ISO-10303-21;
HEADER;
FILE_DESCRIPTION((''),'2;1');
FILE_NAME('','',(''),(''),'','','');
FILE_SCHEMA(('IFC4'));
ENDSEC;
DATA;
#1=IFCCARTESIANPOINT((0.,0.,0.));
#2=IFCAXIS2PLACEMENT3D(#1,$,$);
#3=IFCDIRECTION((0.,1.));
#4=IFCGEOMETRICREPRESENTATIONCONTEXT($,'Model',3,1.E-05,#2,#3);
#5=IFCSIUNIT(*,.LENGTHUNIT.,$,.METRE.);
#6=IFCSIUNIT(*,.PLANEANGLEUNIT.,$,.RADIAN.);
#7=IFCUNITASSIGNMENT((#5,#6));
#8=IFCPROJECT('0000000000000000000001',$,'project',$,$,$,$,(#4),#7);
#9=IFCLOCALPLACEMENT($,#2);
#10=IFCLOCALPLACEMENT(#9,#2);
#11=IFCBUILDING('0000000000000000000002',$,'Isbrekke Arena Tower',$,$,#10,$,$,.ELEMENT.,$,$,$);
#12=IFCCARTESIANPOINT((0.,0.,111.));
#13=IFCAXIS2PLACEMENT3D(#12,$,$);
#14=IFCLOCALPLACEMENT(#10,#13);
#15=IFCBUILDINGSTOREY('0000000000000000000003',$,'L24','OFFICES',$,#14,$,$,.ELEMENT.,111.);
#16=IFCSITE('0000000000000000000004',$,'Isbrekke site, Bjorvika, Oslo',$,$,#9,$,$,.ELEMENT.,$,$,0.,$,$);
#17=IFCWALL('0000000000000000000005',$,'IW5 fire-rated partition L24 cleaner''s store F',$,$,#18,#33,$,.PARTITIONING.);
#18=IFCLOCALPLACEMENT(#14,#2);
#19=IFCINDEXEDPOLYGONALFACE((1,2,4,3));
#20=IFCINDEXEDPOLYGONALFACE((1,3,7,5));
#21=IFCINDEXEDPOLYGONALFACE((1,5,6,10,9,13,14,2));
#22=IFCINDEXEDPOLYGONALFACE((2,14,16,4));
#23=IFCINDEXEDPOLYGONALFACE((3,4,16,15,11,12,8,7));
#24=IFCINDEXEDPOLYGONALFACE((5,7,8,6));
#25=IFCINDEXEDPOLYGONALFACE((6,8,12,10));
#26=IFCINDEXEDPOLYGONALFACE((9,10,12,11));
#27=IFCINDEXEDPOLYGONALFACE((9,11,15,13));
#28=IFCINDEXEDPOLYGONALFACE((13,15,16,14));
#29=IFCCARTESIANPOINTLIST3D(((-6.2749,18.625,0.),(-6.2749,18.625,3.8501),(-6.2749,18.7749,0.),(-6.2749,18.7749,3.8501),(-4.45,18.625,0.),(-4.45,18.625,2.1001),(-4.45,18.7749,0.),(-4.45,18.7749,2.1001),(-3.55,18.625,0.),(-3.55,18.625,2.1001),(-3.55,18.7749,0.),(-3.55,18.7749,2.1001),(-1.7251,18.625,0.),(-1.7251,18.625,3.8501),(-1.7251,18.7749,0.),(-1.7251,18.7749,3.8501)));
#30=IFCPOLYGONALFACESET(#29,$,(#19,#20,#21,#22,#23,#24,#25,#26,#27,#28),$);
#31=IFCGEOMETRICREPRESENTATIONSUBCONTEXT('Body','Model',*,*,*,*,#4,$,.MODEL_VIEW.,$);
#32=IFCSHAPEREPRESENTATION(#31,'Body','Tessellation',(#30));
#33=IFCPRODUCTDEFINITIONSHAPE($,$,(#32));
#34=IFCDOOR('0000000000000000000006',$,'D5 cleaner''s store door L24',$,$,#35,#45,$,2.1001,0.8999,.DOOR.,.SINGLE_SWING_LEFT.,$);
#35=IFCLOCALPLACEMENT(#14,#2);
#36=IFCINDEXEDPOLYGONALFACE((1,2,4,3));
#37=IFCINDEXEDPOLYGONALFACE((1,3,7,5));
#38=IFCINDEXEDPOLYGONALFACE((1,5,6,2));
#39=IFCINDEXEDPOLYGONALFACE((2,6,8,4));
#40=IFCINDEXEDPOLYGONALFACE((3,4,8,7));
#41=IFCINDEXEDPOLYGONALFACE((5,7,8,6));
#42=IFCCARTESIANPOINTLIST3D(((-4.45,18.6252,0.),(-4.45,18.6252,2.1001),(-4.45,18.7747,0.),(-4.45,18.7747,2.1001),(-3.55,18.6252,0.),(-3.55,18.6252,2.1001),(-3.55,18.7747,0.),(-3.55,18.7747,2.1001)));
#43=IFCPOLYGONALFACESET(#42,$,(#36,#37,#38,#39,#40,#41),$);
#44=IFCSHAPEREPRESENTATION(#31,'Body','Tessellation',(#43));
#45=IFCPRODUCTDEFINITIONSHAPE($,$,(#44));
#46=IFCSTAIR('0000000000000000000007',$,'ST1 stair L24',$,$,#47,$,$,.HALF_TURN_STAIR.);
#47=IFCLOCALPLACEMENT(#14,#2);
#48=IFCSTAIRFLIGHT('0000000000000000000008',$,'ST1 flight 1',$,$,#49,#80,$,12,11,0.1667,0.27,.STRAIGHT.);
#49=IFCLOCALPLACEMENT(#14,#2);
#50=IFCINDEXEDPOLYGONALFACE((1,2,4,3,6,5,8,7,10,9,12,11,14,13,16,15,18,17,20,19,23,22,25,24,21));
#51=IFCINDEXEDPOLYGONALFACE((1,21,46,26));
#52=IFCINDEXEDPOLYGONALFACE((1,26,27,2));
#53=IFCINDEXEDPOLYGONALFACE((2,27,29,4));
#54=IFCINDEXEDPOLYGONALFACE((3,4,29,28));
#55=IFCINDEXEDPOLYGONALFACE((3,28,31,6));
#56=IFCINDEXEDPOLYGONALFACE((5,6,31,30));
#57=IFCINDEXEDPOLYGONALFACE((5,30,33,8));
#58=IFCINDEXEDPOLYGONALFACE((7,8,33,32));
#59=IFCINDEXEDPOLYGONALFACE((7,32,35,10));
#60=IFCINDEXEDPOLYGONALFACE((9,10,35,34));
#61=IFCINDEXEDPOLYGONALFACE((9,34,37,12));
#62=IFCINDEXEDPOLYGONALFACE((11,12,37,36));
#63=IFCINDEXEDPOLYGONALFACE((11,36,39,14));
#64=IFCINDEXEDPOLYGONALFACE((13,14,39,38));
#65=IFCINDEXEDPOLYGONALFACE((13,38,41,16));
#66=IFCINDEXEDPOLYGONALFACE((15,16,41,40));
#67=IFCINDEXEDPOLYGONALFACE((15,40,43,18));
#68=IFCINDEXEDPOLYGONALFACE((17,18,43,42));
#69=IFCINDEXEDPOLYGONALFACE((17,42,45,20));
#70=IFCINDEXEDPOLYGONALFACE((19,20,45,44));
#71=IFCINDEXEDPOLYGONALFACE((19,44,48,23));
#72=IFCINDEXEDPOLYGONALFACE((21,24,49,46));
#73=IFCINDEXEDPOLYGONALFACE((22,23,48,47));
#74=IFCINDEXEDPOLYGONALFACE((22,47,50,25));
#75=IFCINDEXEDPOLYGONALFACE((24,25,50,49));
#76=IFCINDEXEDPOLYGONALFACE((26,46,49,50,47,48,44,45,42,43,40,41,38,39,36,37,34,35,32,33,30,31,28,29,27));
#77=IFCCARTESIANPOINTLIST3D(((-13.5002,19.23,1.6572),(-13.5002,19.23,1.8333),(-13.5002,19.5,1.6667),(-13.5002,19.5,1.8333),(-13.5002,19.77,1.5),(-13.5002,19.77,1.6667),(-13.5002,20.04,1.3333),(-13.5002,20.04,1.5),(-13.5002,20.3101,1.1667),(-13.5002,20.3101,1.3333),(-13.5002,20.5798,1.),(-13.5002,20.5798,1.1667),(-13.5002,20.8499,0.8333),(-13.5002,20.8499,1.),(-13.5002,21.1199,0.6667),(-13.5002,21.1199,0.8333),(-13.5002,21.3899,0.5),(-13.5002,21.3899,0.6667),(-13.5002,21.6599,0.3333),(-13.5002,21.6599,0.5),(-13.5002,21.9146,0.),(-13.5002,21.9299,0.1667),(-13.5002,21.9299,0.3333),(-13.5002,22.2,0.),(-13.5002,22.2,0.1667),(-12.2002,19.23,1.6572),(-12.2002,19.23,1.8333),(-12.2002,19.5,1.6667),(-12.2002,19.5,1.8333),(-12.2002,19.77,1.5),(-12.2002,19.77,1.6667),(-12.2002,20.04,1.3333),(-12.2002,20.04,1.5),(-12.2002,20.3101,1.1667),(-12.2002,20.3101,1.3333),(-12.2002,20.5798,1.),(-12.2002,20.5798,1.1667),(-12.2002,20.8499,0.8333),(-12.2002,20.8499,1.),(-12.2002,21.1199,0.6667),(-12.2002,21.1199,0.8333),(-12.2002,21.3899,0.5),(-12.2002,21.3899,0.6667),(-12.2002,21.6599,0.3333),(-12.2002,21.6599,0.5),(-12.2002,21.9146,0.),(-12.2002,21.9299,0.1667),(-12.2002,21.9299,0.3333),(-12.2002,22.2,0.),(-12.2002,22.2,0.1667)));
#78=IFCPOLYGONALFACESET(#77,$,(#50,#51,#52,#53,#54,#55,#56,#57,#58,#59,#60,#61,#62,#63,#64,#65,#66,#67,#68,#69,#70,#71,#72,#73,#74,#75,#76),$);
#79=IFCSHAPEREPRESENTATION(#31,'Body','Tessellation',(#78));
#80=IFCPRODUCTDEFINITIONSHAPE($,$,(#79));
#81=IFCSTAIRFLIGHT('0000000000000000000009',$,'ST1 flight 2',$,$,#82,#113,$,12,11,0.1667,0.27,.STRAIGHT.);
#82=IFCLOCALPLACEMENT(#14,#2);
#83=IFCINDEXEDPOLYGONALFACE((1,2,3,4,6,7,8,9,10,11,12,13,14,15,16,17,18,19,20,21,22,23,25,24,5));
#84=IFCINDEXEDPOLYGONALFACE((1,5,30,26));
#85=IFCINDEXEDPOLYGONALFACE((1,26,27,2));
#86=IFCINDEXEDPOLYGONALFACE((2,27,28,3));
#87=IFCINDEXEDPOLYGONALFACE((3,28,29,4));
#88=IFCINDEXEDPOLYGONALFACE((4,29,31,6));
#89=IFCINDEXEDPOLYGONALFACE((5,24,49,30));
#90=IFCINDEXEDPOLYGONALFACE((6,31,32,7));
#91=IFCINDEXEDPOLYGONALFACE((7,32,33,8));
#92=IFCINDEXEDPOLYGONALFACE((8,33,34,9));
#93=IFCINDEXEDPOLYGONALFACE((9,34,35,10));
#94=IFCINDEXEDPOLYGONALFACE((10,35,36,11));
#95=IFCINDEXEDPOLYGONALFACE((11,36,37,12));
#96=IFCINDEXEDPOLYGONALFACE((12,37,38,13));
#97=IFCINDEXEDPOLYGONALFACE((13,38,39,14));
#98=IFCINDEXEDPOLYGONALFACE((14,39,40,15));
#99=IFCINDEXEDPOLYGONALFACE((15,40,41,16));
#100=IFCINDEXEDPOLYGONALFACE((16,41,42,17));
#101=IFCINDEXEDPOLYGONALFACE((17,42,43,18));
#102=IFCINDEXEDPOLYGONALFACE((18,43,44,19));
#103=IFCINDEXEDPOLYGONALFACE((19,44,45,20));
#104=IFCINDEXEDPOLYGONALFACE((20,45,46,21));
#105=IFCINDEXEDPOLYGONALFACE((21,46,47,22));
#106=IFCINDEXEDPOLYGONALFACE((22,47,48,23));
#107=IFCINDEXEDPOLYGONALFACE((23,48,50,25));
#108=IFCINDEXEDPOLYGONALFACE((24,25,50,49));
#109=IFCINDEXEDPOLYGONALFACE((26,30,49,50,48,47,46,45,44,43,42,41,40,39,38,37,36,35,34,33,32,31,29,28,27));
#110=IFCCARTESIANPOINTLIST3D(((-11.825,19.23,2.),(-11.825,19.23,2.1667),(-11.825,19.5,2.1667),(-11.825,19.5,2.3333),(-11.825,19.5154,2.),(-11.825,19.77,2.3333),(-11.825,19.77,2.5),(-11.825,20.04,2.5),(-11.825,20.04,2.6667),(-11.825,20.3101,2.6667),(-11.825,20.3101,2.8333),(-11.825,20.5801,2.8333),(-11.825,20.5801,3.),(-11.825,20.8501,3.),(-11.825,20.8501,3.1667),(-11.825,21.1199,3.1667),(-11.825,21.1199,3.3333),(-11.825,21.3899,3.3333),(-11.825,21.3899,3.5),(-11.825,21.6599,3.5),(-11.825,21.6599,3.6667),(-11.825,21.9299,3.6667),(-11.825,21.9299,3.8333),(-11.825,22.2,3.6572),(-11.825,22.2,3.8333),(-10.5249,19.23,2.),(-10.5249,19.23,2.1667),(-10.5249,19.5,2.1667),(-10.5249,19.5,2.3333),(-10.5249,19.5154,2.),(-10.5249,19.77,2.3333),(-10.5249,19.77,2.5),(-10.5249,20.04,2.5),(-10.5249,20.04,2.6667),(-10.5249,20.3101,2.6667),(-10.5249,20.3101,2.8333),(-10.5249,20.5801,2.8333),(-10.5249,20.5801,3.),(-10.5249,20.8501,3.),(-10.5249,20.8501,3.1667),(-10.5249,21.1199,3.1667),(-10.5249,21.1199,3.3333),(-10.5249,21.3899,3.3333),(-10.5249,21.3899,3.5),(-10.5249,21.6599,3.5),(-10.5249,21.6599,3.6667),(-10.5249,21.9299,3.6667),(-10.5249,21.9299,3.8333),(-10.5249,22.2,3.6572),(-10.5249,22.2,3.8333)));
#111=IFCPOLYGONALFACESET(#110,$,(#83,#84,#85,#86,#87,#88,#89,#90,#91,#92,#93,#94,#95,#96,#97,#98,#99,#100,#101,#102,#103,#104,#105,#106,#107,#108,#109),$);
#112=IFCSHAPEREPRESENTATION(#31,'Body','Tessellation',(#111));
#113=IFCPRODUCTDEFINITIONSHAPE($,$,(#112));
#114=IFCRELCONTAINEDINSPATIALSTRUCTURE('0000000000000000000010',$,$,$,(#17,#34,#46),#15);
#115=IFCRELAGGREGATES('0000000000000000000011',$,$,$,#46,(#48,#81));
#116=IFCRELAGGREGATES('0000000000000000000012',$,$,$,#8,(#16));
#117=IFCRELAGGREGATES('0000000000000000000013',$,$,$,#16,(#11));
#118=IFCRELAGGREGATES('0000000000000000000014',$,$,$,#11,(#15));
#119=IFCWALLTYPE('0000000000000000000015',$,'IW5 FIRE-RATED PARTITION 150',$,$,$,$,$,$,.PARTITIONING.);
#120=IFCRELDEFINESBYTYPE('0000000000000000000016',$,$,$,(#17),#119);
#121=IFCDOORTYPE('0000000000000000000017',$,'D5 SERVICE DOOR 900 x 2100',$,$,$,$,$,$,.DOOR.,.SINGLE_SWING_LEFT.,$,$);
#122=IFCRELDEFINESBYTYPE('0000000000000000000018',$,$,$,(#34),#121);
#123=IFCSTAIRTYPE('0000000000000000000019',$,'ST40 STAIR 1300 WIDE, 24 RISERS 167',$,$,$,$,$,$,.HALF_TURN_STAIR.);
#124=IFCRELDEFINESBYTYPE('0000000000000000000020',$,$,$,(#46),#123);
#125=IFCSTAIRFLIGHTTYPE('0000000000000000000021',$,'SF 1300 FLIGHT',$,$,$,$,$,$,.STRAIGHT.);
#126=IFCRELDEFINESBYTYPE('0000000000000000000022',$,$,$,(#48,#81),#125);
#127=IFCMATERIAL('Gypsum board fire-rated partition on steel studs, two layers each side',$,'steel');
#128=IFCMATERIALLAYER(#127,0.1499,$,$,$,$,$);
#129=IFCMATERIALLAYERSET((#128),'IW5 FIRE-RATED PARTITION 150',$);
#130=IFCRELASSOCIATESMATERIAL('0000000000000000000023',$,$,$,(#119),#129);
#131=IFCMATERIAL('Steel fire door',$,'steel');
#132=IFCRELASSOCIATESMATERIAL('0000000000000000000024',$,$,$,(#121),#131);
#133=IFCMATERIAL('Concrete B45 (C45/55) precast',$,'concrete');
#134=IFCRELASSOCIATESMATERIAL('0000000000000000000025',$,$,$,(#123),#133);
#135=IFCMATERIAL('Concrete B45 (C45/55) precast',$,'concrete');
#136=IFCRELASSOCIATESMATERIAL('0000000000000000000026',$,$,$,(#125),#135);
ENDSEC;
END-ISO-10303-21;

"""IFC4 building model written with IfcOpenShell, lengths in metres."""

from ifc_helpers import new_model, si_unit, direction, frame, frame_2d, origin, place, context, subcontext, project, spatial, polyline, rectangle, outline, extrude, material, layer, layer_set, type_object, element, fill, aggregate, save


model = new_model("IFC4")

# Units and contexts
model_context = context("Model", 3, precision=1e-05, world=origin(), true_north=direction((0.0, 1.0)))
body_context = subcontext(model_context, "Body", "Model", "MODEL_VIEW")
ifc_project = project(units=[si_unit("LENGTHUNIT", "METRE"), si_unit("PLANEANGLEUNIT", "RADIAN")], contexts=[model_context])

# Site, building, storey
site_placement = place(None, origin())
site = spatial("IfcSite", under=ifc_project, at=site_placement, Name="Isbrekke site, Bjorvika, Oslo", CompositionType="ELEMENT", RefElevation=0.0)
building_placement = place(site_placement, origin())
building = spatial("IfcBuilding", under=site, at=building_placement, Name="Isbrekke Arena Tower", CompositionType="ELEMENT")
storey_placement = place(building_placement, frame((0.0, 0.0, 111.0)))
storey = spatial("IfcBuildingStorey", under=building, at=storey_placement, Name="L24", Description="OFFICES", CompositionType="ELEMENT", Elevation=111.0)

# Wall, opening, door
ifc_material_1 = material(Name="Gypsum board fire-rated partition on steel studs, two layers each side", Category="steel")
ifc_layer_1 = layer(ifc_material_1, 0.1499)
ifc_layer_set_1 = layer_set([ifc_layer_1], Name="IW5 FIRE-RATED PARTITION 150")
wall_type_1 = type_object("IfcWallType", Name="IW5 FIRE-RATED PARTITION 150", PredefinedType="PARTITIONING", material=ifc_layer_set_1)
wall_1_placement = place(storey_placement, frame((-6.2749, 18.7, 0.0), z_axis=(0.0, 0.0, 1.0), x_axis=(1.0, 0.0, 0.0)))
wall_1 = element("IfcWall", 1, at=wall_1_placement, inside=storey, type_object=wall_type_1, Name="IW5 fire-rated partition L24 cleaner's store F", PredefinedType="PARTITIONING", context=body_context, shape_type="SweptSolid", body=[
    extrude(rectangle(XDim=4.5498, YDim=0.1499, at=frame_2d((2.2749, 0.0))), origin(), (0.0, 0.0, 1.0), 3.8501),
])
opening_1_placement = place(wall_1_placement, frame((1.825, 0.0, 0.0)))
opening_1 = element("IfcOpeningElement", 2, at=opening_1_placement, cuts=wall_1, PredefinedType="OPENING", context=body_context, shape_type="SweptSolid", body=[
    extrude(rectangle(XDim=0.8999, YDim=2.1001, at=frame_2d((0.45, 1.05))), frame((0.0, 0.0898, 0.0), z_axis=(0.0, -1.0, 0.0), x_axis=(1.0, 0.0, 0.0)), (0.0, 0.0, 1.0), 0.1797),
])
ifc_material_2 = material(Name="Steel fire door", Category="steel")
door_type_1 = type_object("IfcDoorType", Name="D5 SERVICE DOOR 900 x 2100", OperationType="SINGLE_SWING_LEFT", PredefinedType="DOOR", material=ifc_material_2)
door_1_placement = place(opening_1_placement, origin())
door_1 = element("IfcDoor", 3, at=door_1_placement, inside=storey, type_object=door_type_1, Name="D5 cleaner's store door L24", OperationType="SINGLE_SWING_LEFT", OverallHeight=2.1001, OverallWidth=0.8999, PredefinedType="DOOR", context=body_context, shape_type="SweptSolid", body=[
    extrude(rectangle(XDim=0.8999, YDim=2.1001, at=frame_2d((0.45, 1.05))), frame((0.0, 0.0747, 0.0), z_axis=(0.0, -1.0, 0.0), x_axis=(1.0, 0.0, 0.0)), (0.0, 0.0, 1.0), 0.1494),
])
fill(opening_1, door_1)

# Stair, stair flights
ifc_material_3 = material(Name="Concrete B45 (C45/55) precast", Category="concrete")
stair_type = type_object("IfcStairType", Name="ST40 STAIR 1300 WIDE, 24 RISERS 167", PredefinedType="HALF_TURN_STAIR", material=ifc_material_3)
stair_placement = place(storey_placement, origin())
stair = element("IfcStair", 4, at=stair_placement, inside=storey, type_object=stair_type, Name="ST1 stair L24", PredefinedType="HALF_TURN_STAIR")
ifc_material_4 = material(Name="Concrete B45 (C45/55) precast", Category="concrete")
stair_flight_type = type_object("IfcStairFlightType", Name="SF 1300 FLIGHT", PredefinedType="STRAIGHT", material=ifc_material_4)
stair_flight_1_placement = place(storey_placement, frame((-12.8501, 22.2, 0.0), z_axis=(0.0, 0.0, 1.0), x_axis=(0.0, -1.0, 0.0)))
stair_flight_1 = element("IfcStairFlight", 5, at=stair_flight_1_placement, type_object=stair_flight_type, Name="ST1 flight 1", NumberOfRisers=12, NumberOfTreads=11, PredefinedType="STRAIGHT", RiserHeight=0.1667, TreadLength=0.27, context=body_context, shape_type="SweptSolid", body=[
    extrude(outline(polyline([(0.0, 0.0), (0.0, 0.1667), (0.27, 0.1667), (0.27, 0.3333), (0.54, 0.3333), (0.54, 0.5), (0.8101, 0.5), (0.8101, 0.6667), (1.0801, 0.6667), (1.0801, 0.8333), (1.3501, 0.8333), (1.3501, 1.0), (1.6201, 1.0), (1.6201, 1.1667), (1.8899, 1.1667), (1.8899, 1.3333), (2.1599, 1.3333), (2.1599, 1.5), (2.4299, 1.5), (2.4299, 1.6667), (2.7, 1.6667), (2.7, 1.8333), (2.97, 1.8333), (2.97, 2.0), (2.97, 1.6572), (0.2854, 0.0), (0.0, 0.0)])), frame((0.0, 0.6499, 0.0), z_axis=(0.0, -1.0, 0.0), x_axis=(1.0, 0.0, 0.0)), (0.0, 0.0, 1.0), 1.3),
])
stair_flight_2_placement = place(storey_placement, frame((-11.175, 19.23, 2.0), z_axis=(0.0, 0.0, 1.0), x_axis=(0.0, 1.0, 0.0)))
stair_flight_2 = element("IfcStairFlight", 6, at=stair_flight_2_placement, type_object=stair_flight_type, Name="ST1 flight 2", NumberOfRisers=12, NumberOfTreads=11, PredefinedType="STRAIGHT", RiserHeight=0.1667, TreadLength=0.27, context=body_context, shape_type="SweptSolid", body=[
    extrude(outline(polyline([(0.0, 0.0), (0.0, 0.1667), (0.27, 0.1667), (0.27, 0.3333), (0.54, 0.3333), (0.54, 0.5), (0.8101, 0.5), (0.8101, 0.6667), (1.0801, 0.6667), (1.0801, 0.8333), (1.3501, 0.8333), (1.3501, 1.0), (1.6201, 1.0), (1.6201, 1.1667), (1.8899, 1.1667), (1.8899, 1.3333), (2.1599, 1.3333), (2.1599, 1.5), (2.4299, 1.5), (2.4299, 1.6667), (2.7, 1.6667), (2.7, 1.8333), (2.97, 1.8333), (2.97, 2.0), (2.97, 1.6572), (0.2854, 0.0), (0.0, 0.0)])), frame((0.0, 0.6499, 0.0), z_axis=(0.0, -1.0, 0.0), x_axis=(1.0, 0.0, 0.0)), (0.0, 0.0, 1.0), 1.3),
])
aggregate(stair, [stair_flight_1, stair_flight_2])

save(model, "model.ifc")
